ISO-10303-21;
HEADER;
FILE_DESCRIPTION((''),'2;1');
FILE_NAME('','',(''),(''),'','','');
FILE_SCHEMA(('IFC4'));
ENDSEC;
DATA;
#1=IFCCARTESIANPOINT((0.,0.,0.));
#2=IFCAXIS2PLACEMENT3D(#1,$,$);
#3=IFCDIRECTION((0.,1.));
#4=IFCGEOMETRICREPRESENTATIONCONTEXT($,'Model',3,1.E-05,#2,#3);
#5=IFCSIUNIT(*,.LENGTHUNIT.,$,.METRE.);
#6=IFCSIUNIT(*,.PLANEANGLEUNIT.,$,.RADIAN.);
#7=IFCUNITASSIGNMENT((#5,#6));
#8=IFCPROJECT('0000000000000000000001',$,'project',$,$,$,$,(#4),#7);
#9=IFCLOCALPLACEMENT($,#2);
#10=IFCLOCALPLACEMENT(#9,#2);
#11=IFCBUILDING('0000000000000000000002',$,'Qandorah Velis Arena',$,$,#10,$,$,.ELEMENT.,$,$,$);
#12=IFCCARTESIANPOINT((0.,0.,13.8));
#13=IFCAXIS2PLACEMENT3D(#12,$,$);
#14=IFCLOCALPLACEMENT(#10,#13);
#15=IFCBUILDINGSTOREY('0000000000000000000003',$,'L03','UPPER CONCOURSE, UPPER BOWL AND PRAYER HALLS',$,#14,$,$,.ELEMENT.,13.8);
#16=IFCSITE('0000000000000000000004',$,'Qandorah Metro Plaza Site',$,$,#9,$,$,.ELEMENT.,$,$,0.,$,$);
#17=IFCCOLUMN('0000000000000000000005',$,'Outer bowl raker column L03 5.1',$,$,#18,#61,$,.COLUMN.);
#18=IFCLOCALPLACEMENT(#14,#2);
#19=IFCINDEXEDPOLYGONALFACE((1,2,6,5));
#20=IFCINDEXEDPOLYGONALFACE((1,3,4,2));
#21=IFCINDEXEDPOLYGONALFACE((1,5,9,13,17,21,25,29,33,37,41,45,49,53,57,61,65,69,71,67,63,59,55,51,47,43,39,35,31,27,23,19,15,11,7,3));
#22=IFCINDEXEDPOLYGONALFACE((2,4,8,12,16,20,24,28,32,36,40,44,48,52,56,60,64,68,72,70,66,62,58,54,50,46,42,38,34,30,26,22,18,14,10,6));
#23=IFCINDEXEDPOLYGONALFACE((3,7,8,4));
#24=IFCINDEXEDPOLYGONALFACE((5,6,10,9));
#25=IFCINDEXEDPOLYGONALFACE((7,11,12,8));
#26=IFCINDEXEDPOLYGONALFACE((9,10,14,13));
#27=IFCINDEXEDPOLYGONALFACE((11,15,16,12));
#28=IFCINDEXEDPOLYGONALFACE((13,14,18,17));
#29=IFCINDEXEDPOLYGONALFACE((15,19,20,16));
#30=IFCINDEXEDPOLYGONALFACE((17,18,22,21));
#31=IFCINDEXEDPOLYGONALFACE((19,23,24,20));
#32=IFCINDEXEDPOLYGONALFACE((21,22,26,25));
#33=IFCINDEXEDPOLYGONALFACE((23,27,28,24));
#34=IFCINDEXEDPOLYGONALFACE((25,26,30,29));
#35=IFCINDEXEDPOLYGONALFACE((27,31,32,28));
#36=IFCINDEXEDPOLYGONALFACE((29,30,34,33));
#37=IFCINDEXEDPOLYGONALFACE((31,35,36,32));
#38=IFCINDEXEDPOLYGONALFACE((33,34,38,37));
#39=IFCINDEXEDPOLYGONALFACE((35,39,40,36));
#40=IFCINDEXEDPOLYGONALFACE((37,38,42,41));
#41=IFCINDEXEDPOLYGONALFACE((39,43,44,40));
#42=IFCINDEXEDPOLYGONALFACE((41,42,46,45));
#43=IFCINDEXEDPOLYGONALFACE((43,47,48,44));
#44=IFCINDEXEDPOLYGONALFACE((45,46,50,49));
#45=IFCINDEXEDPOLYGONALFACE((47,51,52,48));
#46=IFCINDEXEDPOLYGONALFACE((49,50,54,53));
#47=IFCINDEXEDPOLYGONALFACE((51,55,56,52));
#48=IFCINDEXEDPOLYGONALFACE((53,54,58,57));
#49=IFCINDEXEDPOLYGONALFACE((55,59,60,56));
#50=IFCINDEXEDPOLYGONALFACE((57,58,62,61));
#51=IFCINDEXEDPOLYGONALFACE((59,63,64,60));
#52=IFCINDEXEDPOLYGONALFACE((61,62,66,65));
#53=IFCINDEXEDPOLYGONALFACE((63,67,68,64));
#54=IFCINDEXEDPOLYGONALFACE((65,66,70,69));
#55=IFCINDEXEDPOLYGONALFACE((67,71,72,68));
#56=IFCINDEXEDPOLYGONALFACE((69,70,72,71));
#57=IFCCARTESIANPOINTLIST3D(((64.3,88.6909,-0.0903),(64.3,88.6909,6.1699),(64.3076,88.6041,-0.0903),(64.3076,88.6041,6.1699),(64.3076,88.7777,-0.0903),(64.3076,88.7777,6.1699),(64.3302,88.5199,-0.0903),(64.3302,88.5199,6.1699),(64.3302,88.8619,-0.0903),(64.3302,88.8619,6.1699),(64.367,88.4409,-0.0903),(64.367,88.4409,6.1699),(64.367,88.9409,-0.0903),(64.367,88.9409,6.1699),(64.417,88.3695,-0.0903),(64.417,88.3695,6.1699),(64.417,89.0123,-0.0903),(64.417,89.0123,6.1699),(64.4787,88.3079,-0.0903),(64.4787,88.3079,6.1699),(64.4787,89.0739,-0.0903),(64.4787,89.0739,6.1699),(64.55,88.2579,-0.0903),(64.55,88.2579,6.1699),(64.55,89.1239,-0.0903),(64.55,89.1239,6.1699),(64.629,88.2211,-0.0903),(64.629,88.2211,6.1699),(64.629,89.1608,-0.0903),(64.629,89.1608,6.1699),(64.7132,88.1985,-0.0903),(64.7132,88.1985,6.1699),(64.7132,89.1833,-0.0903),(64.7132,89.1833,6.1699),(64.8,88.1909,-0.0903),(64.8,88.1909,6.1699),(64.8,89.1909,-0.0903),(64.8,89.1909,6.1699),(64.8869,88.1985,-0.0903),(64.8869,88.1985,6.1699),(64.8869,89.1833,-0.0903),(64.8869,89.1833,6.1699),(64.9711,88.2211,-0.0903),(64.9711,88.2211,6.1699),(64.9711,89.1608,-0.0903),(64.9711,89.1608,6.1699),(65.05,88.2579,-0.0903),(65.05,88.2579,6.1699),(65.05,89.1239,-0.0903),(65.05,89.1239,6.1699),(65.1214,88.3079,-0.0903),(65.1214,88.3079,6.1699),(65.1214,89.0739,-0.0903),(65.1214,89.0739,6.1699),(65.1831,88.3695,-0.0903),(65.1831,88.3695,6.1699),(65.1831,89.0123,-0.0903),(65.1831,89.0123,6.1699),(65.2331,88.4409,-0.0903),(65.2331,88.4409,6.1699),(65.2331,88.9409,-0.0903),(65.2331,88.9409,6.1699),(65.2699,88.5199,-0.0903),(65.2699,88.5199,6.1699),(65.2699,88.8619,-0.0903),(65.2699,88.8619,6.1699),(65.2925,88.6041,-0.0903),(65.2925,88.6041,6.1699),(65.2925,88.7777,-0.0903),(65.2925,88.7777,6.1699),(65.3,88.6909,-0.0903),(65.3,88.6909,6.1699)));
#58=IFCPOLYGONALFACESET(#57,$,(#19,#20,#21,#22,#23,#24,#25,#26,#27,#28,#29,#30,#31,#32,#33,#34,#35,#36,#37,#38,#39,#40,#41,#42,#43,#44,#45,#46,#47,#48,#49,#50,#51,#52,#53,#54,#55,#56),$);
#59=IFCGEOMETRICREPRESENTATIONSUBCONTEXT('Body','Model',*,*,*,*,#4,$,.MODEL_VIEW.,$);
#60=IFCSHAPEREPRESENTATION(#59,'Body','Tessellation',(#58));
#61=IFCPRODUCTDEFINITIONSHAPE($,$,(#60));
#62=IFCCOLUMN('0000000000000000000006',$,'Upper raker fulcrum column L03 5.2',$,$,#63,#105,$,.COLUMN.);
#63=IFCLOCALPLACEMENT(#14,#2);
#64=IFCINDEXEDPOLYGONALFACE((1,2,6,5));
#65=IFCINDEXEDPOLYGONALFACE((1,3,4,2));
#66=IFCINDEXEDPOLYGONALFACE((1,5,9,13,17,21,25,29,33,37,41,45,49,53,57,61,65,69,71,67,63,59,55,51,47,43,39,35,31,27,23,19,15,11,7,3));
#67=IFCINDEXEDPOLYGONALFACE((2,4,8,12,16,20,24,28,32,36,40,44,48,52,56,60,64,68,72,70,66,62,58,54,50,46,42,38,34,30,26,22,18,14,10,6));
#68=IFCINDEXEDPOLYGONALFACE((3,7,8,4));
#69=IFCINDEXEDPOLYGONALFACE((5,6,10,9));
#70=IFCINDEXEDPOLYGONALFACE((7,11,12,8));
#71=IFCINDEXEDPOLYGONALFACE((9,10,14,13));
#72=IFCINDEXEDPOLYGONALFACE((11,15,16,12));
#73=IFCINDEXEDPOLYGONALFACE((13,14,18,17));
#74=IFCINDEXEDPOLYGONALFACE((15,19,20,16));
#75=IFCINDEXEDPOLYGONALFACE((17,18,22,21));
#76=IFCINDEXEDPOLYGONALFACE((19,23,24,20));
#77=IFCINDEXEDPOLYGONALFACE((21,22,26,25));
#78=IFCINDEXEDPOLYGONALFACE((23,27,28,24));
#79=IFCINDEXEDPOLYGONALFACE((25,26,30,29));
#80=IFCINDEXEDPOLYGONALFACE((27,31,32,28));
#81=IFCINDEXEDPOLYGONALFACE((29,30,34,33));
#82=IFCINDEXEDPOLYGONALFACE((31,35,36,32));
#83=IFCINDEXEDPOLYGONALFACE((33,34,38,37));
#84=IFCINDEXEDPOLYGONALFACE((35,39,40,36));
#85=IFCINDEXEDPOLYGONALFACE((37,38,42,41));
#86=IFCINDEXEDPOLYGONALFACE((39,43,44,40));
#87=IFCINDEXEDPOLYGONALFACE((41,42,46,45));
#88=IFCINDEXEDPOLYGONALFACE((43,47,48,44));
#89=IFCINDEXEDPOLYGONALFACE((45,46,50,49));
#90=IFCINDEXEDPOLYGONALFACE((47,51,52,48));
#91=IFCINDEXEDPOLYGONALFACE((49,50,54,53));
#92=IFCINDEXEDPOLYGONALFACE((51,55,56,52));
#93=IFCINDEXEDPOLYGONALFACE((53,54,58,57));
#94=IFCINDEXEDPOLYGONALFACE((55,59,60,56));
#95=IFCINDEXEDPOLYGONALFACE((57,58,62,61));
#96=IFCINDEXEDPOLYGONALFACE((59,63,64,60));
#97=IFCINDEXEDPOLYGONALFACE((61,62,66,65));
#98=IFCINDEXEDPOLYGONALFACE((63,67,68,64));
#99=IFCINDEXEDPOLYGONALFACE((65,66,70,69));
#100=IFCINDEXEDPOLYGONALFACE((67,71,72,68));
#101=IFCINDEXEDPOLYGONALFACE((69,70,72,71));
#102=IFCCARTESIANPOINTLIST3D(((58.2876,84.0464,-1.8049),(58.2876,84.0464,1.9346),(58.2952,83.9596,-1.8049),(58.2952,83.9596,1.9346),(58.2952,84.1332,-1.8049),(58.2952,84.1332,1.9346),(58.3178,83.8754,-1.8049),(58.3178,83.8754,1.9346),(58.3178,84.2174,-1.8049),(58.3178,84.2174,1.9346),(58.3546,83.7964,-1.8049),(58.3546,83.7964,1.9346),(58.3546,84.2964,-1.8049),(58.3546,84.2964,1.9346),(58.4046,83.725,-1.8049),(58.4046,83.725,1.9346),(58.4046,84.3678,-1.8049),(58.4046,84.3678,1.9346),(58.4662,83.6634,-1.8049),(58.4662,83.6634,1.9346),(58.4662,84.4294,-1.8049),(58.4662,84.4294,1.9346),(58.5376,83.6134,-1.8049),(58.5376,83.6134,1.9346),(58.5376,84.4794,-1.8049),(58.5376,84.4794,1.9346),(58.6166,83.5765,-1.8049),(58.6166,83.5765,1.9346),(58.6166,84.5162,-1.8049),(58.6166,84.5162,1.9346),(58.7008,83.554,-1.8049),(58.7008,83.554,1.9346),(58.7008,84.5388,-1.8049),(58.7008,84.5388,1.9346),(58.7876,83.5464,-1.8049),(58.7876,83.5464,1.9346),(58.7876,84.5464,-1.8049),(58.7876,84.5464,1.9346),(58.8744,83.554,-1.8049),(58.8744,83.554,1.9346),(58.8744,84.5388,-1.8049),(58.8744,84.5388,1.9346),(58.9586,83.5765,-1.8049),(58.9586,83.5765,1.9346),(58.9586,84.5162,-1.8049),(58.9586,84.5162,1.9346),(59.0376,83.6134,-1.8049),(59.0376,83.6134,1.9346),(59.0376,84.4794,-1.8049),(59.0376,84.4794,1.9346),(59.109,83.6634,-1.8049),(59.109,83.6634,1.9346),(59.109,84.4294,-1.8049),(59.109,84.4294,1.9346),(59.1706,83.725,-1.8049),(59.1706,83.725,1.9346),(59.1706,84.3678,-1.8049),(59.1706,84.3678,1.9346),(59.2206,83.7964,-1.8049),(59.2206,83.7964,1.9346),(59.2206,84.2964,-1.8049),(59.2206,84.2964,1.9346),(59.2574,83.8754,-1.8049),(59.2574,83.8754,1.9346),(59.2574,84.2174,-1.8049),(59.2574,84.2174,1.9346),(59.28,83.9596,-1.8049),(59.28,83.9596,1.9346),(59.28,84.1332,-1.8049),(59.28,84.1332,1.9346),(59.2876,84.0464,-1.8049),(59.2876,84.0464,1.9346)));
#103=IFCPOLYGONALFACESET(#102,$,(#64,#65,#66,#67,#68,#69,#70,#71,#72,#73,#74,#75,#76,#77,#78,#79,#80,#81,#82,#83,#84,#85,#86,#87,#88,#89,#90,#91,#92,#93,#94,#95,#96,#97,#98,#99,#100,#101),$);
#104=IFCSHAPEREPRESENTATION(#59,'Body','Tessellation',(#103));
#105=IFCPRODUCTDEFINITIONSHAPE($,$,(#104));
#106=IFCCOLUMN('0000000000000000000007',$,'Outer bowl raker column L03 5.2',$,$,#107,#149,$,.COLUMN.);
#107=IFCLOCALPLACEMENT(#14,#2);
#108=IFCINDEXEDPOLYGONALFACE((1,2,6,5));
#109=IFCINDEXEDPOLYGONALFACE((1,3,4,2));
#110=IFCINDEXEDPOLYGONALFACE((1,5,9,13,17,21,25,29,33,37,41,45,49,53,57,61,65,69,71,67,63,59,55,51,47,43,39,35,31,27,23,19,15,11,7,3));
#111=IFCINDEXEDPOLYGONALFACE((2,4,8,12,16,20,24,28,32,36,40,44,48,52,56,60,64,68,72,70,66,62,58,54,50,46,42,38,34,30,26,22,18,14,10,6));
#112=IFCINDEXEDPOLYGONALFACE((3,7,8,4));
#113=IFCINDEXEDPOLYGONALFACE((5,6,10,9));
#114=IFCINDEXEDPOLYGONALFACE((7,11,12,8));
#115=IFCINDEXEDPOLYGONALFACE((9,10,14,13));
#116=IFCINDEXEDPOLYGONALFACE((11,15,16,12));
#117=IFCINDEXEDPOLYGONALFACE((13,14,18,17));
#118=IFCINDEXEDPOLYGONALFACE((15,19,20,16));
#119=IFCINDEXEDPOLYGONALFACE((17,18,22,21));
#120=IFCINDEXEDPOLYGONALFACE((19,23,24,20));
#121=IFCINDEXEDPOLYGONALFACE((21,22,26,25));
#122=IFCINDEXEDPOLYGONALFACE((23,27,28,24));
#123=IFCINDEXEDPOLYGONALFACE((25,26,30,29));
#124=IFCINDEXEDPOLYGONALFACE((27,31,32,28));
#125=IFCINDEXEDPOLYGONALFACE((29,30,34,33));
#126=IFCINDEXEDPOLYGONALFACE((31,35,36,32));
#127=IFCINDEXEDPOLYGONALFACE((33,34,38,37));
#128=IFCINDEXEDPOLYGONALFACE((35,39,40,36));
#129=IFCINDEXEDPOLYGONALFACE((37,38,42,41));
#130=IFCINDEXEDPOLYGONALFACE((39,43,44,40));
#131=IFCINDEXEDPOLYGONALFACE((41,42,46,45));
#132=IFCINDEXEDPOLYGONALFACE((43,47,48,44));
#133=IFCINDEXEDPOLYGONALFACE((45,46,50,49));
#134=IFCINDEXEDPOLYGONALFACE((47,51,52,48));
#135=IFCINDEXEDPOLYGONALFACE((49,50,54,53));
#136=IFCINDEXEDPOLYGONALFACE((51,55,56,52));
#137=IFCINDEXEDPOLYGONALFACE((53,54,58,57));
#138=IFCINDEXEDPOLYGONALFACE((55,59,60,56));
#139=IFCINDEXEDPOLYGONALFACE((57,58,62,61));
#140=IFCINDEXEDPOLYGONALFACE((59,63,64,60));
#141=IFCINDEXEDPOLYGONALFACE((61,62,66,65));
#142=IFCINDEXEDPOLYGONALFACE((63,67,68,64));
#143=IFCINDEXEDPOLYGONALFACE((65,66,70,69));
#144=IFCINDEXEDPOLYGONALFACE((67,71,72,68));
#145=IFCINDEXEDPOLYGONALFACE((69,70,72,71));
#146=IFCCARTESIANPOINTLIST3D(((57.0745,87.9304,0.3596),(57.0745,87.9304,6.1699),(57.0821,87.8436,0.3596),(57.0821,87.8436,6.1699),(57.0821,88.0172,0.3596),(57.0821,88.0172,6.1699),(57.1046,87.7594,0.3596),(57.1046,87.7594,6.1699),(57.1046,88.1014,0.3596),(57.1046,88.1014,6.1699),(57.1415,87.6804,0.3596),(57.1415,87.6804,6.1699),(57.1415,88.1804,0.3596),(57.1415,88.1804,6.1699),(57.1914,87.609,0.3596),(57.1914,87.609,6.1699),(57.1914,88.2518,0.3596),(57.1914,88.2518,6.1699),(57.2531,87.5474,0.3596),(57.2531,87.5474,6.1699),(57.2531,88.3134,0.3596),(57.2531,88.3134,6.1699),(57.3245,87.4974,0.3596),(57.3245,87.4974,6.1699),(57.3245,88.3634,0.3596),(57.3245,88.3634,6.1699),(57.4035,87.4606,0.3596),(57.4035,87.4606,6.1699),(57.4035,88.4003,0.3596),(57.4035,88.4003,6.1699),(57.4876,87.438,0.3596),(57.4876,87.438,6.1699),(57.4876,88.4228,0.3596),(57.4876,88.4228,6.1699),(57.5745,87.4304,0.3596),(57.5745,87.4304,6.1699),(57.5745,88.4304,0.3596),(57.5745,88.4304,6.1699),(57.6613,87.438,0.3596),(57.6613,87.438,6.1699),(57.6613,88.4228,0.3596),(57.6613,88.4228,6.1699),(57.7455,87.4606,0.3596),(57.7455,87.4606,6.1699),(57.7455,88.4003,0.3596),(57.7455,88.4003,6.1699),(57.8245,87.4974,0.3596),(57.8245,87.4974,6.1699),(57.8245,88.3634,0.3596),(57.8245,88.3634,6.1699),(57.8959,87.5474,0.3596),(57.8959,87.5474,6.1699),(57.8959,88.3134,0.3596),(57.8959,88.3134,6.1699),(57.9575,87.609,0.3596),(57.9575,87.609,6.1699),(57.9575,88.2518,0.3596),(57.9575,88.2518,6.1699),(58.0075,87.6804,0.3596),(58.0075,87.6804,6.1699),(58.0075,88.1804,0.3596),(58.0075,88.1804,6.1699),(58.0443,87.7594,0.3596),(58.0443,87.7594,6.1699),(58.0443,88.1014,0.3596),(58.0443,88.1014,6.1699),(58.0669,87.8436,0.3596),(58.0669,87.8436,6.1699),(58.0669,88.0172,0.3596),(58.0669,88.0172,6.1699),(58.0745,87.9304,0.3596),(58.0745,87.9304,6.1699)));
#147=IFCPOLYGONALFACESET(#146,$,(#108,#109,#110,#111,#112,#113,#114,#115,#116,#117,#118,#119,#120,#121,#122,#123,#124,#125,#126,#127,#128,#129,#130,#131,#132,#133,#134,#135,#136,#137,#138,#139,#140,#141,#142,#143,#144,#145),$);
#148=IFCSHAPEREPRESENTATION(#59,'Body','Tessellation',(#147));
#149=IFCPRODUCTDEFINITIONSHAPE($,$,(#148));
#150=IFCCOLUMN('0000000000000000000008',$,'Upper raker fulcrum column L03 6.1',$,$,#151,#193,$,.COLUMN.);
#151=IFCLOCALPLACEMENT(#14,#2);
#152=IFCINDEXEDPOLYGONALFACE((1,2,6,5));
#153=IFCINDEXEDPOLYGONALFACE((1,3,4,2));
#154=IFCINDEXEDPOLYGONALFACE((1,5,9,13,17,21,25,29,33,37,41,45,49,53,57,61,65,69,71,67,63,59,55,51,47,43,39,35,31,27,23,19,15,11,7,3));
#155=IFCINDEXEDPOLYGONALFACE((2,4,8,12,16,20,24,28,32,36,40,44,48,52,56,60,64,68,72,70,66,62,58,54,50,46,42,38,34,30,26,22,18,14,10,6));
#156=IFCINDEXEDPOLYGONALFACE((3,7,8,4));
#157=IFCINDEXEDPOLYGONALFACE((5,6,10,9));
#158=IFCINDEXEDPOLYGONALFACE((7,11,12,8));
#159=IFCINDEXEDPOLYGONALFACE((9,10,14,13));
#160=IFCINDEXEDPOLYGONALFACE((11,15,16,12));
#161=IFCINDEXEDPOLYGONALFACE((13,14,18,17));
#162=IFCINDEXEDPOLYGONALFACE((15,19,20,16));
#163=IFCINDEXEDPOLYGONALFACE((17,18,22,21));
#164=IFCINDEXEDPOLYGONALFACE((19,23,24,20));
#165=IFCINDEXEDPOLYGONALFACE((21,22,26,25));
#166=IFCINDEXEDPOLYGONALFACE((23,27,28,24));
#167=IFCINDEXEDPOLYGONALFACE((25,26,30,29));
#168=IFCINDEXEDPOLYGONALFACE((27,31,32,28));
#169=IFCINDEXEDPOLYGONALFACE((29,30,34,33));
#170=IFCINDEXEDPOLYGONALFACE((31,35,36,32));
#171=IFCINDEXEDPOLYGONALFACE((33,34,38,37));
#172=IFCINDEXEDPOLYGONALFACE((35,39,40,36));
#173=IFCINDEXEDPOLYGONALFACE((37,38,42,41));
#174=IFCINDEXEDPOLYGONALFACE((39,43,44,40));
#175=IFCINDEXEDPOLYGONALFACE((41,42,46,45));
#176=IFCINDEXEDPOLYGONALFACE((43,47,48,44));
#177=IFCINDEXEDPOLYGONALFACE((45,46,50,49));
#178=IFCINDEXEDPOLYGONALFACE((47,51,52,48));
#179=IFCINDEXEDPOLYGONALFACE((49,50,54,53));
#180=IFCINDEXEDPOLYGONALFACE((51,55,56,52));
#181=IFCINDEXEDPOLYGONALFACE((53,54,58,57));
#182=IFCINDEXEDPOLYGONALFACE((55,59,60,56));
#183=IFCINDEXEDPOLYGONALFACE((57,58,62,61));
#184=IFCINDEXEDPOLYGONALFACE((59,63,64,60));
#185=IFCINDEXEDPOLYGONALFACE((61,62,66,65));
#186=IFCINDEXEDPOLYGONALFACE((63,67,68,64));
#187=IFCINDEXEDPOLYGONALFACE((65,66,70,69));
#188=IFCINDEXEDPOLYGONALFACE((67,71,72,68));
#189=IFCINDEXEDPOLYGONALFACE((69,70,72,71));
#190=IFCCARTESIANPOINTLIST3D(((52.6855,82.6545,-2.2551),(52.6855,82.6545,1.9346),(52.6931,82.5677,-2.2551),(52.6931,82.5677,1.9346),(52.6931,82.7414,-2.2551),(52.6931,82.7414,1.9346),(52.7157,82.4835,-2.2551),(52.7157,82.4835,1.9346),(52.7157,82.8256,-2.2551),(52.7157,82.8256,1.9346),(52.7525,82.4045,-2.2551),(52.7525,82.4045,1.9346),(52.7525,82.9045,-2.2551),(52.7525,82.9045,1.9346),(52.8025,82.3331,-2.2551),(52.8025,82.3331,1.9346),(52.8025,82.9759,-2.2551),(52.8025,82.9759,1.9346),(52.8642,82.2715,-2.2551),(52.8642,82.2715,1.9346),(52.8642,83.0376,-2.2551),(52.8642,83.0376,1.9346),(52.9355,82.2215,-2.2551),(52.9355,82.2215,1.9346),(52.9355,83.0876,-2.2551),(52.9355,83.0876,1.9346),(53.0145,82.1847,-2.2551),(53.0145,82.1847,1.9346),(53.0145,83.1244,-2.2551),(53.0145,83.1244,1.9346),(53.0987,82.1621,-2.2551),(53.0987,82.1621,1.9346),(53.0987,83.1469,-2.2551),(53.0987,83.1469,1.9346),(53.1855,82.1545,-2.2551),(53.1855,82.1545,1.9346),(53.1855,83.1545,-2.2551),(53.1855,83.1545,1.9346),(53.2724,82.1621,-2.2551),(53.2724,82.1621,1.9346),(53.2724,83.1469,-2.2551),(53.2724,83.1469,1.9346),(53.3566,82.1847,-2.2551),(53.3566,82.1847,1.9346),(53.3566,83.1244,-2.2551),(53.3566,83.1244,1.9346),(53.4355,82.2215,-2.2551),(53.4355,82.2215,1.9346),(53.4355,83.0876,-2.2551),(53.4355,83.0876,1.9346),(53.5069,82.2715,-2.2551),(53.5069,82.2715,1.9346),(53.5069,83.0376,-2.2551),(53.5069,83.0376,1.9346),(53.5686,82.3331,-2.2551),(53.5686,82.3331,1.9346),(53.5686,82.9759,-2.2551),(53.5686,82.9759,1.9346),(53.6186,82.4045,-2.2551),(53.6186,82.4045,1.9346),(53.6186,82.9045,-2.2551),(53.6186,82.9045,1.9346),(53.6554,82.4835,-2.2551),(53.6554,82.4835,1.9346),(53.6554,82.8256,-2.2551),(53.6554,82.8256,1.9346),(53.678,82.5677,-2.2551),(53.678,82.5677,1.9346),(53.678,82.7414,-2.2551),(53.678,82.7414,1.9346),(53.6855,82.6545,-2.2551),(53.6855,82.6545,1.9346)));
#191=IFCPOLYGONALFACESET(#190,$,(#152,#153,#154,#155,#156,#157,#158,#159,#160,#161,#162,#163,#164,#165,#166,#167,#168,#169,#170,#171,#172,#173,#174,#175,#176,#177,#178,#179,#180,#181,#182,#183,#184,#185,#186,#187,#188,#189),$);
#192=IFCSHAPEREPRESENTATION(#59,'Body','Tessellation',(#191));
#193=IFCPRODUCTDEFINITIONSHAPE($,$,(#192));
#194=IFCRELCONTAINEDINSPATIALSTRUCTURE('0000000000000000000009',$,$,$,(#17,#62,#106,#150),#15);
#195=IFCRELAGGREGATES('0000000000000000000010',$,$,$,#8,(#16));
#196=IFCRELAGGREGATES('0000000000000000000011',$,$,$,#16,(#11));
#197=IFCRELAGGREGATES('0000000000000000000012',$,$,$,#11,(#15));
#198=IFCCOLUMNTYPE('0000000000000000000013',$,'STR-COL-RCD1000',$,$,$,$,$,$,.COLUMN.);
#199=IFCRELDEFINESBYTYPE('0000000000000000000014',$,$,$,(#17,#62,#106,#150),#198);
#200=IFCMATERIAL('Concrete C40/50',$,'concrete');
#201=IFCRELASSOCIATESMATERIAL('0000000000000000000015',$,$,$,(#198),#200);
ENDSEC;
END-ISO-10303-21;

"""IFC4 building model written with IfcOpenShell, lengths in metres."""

from ifc_helpers import new_model, si_unit, direction, frame, origin, origin_2d, place, context, subcontext, project, spatial, circle, extrude, material, material_profile, profile_set, type_object, element, save


model = new_model("IFC4")

# Units and contexts
model_context = context("Model", 3, precision=1e-05, world=origin(), true_north=direction((0.0, 1.0)))
body_context = subcontext(model_context, "Body", "Model", "MODEL_VIEW")
ifc_project = project(units=[si_unit("LENGTHUNIT", "METRE"), si_unit("PLANEANGLEUNIT", "RADIAN")], contexts=[model_context])

# Site, building, storey
site_placement = place(None, origin())
site = spatial("IfcSite", under=ifc_project, at=site_placement, Name="Qandorah Metro Plaza Site", CompositionType="ELEMENT", RefElevation=0.0)
building_placement = place(site_placement, origin())
building = spatial("IfcBuilding", under=site, at=building_placement, Name="Qandorah Velis Arena", CompositionType="ELEMENT")
storey_placement = place(building_placement, frame((0.0, 0.0, 13.8)))
storey = spatial("IfcBuildingStorey", under=building, at=storey_placement, Name="L03", Description="UPPER CONCOURSE, UPPER BOWL AND PRAYER HALLS", CompositionType="ELEMENT", Elevation=13.8)

# Columns
ifc_material_1 = material(Name="Concrete C40/50", Category="concrete")
ifc_material_profile_1 = material_profile(ifc_material_1, circle(Radius=0.5, at=origin_2d()), Name="RC D1000")
ifc_profile_set_1 = profile_set([ifc_material_profile_1], Name="Concrete C40/50")
column_type_1 = type_object("IfcColumnType", Name="STR-COL-RCD1000", PredefinedType="COLUMN", material=ifc_profile_set_1)
column_1_placement = place(storey_placement, frame((64.8, 88.6909, -0.0903), z_axis=(0.0, 0.0, 1.0), x_axis=(1.0, 0.0, 0.0)))
element("IfcColumn", 1, at=column_1_placement, inside=storey, type_object=column_type_1, Name="Outer bowl raker column L03 5.1", PredefinedType="COLUMN", context=body_context, shape_type="SweptSolid", body=[
    extrude(circle(Radius=0.5, at=origin_2d()), origin(), (0.0, 0.0, 1.0), 6.2603),
])
column_2_placement = place(storey_placement, frame((58.7876, 84.0464, -1.8049), z_axis=(0.0, 0.0, 1.0), x_axis=(1.0, 0.0, 0.0)))
element("IfcColumn", 2, at=column_2_placement, inside=storey, type_object=column_type_1, Name="Upper raker fulcrum column L03 5.2", PredefinedType="COLUMN", context=body_context, shape_type="SweptSolid", body=[
    extrude(circle(Radius=0.5, at=origin_2d()), origin(), (0.0, 0.0, 1.0), 3.7395),
])
column_3_placement = place(storey_placement, frame((57.5745, 87.9304, 0.3596), z_axis=(0.0, 0.0, 1.0), x_axis=(1.0, 0.0, 0.0)))
element("IfcColumn", 3, at=column_3_placement, inside=storey, type_object=column_type_1, Name="Outer bowl raker column L03 5.2", PredefinedType="COLUMN", context=body_context, shape_type="SweptSolid", body=[
    extrude(circle(Radius=0.5, at=origin_2d()), origin(), (0.0, 0.0, 1.0), 5.8103),
])
column_4_placement = place(storey_placement, frame((53.1855, 82.6545, -2.2551), z_axis=(0.0, 0.0, 1.0), x_axis=(1.0, 0.0, 0.0)))
element("IfcColumn", 4, at=column_4_placement, inside=storey, type_object=column_type_1, Name="Upper raker fulcrum column L03 6.1", PredefinedType="COLUMN", context=body_context, shape_type="SweptSolid", body=[
    extrude(circle(Radius=0.5, at=origin_2d()), origin(), (0.0, 0.0, 1.0), 4.1897),
])

save(model, "model.ifc")
